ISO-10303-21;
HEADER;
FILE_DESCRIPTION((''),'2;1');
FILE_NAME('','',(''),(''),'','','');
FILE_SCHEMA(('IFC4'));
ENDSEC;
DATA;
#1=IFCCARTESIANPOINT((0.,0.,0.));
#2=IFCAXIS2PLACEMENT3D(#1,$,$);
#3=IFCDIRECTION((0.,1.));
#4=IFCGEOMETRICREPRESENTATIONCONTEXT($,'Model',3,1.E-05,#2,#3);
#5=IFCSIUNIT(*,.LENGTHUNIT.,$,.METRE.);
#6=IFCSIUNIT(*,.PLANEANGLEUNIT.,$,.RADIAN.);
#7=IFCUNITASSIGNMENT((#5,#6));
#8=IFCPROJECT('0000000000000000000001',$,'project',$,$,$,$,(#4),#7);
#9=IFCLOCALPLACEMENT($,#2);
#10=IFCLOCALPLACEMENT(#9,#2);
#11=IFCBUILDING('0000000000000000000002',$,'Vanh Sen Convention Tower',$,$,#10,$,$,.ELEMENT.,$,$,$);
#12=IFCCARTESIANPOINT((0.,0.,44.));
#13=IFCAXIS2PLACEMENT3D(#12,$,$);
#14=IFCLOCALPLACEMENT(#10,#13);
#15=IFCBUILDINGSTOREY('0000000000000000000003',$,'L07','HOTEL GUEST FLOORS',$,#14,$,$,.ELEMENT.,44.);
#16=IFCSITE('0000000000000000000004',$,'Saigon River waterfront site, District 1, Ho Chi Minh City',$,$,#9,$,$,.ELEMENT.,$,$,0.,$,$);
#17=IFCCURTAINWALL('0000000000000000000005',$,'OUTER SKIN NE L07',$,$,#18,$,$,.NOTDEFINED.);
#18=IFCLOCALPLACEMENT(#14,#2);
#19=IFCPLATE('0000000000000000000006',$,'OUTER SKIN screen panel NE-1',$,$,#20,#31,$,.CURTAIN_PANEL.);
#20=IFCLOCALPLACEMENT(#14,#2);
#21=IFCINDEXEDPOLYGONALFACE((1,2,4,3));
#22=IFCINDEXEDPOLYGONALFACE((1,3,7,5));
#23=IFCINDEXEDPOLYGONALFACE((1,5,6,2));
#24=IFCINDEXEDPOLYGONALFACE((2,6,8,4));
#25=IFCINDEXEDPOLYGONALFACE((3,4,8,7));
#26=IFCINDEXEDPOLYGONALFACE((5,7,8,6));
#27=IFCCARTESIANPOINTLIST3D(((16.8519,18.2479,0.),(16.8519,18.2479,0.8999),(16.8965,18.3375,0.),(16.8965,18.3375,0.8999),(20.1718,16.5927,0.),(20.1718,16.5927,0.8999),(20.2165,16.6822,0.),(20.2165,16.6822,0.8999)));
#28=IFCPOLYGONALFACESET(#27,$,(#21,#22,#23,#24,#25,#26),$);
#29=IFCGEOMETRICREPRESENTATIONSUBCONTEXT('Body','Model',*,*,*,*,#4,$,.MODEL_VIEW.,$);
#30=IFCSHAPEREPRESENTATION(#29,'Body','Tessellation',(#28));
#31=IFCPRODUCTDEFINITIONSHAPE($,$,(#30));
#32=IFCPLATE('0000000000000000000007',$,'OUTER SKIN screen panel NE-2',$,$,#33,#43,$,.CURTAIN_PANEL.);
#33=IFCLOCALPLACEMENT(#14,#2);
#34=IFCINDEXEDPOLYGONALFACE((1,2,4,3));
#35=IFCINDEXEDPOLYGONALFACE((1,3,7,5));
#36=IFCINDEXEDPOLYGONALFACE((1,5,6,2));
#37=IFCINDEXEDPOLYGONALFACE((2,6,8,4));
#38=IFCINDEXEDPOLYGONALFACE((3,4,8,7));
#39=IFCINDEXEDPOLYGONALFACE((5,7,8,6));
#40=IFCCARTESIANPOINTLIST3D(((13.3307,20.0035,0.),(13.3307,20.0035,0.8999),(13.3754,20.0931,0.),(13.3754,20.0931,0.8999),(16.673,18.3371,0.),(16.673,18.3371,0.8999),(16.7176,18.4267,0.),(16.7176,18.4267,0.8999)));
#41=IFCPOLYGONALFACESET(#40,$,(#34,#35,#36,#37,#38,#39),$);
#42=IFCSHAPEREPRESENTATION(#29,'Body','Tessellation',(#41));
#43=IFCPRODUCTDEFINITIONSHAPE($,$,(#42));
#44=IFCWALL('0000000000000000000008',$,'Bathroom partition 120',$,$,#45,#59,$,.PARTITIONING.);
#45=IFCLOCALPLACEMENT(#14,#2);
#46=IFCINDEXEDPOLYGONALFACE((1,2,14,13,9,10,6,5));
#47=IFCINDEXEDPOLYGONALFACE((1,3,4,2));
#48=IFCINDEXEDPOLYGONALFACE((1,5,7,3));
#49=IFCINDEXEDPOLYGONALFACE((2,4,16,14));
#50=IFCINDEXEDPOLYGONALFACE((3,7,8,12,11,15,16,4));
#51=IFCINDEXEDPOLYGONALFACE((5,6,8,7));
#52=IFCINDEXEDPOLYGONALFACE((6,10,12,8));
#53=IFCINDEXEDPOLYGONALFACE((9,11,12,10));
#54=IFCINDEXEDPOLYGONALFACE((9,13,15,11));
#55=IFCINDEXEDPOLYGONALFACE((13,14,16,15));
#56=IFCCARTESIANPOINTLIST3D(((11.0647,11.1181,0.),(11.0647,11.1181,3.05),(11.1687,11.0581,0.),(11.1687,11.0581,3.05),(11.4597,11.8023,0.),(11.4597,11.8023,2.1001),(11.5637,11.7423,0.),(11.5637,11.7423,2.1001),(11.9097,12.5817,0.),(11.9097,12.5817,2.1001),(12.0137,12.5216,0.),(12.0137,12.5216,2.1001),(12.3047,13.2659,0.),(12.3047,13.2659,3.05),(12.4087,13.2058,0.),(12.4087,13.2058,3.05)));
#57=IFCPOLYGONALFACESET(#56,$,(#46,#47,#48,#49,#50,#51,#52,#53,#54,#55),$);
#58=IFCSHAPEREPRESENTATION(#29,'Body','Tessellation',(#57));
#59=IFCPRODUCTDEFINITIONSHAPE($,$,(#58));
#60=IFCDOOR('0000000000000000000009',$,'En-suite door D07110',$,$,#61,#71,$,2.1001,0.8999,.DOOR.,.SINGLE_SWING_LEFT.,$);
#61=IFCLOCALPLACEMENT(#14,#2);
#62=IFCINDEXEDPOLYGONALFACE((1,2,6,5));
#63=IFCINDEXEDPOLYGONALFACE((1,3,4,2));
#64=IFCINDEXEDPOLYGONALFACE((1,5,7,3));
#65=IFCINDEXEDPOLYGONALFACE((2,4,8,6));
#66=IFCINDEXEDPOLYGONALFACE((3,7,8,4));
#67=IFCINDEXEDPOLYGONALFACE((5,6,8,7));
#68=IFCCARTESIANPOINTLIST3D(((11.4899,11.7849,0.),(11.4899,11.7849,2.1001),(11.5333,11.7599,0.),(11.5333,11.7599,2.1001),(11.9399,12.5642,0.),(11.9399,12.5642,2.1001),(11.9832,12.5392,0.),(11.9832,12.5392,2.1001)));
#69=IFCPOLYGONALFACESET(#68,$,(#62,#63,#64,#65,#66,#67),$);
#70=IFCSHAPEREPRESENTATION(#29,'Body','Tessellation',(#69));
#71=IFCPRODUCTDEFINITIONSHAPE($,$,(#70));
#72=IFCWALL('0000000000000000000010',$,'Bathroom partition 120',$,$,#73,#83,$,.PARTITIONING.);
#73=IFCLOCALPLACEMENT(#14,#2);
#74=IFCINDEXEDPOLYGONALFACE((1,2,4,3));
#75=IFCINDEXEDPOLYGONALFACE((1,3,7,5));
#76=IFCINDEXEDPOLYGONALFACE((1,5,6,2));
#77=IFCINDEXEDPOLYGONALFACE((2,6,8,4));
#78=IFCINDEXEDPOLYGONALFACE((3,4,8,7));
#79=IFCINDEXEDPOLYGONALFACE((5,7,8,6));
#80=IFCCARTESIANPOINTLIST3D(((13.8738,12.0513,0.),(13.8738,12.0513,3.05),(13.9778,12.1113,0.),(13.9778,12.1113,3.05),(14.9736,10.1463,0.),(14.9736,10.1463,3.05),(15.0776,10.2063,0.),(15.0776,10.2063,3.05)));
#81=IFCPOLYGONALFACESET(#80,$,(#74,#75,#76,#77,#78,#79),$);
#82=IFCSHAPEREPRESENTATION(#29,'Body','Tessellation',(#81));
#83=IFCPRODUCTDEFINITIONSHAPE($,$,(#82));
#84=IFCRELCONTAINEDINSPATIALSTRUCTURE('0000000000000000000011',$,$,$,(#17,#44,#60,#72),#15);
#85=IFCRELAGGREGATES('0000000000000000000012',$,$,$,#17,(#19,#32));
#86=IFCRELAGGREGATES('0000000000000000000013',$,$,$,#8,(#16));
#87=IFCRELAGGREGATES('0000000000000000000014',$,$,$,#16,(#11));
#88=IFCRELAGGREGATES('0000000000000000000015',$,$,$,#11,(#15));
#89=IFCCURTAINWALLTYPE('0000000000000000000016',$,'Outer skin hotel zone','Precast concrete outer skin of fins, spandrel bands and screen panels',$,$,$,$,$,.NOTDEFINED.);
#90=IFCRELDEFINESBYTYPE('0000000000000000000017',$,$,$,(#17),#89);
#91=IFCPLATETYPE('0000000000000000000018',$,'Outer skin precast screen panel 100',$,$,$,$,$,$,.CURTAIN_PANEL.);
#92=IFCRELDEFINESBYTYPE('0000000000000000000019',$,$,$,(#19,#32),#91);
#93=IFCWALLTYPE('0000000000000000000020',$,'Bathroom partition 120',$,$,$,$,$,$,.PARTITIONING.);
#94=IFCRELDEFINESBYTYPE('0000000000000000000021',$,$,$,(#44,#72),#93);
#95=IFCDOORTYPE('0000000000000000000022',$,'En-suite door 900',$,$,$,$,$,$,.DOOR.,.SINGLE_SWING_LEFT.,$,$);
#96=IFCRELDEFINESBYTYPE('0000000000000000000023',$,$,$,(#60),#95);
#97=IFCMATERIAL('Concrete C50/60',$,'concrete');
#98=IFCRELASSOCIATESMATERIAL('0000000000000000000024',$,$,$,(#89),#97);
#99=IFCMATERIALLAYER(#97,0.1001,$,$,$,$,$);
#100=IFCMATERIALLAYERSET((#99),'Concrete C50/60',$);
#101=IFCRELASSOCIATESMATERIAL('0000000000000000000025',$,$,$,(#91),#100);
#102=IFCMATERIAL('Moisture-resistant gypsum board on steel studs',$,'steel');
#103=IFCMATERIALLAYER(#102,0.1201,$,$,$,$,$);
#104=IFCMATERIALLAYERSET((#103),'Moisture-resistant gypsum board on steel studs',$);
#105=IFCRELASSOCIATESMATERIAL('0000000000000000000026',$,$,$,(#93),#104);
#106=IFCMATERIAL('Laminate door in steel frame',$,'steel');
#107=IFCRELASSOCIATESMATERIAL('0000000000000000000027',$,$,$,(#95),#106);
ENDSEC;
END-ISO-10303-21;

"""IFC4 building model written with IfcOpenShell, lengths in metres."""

from ifc_helpers import new_model, si_unit, direction, frame, frame_2d, origin, origin_2d, place, context, subcontext, project, spatial, rectangle, extrude, material, layer, layer_set, type_object, element, fill, aggregate, save


model = new_model("IFC4")

# Units and contexts
model_context = context("Model", 3, precision=1e-05, world=origin(), true_north=direction((0.0, 1.0)))
body_context = subcontext(model_context, "Body", "Model", "MODEL_VIEW")
ifc_project = project(units=[si_unit("LENGTHUNIT", "METRE"), si_unit("PLANEANGLEUNIT", "RADIAN")], contexts=[model_context])

# Site, building, storey
site_placement = place(None, origin())
site = spatial("IfcSite", under=ifc_project, at=site_placement, Name="Saigon River waterfront site, District 1, Ho Chi Minh City", CompositionType="ELEMENT", RefElevation=0.0)
building_placement = place(site_placement, origin())
building = spatial("IfcBuilding", under=site, at=building_placement, Name="Vanh Sen Convention Tower", CompositionType="ELEMENT")
storey_placement = place(building_placement, frame((0.0, 0.0, 44.0)))
storey = spatial("IfcBuildingStorey", under=building, at=storey_placement, Name="L07", Description="HOTEL GUEST FLOORS", CompositionType="ELEMENT", Elevation=44.0)

# Curtain wall
ifc_material_1 = material(Name="Concrete C50/60", Category="concrete")
curtain_wall_type = type_object("IfcCurtainWallType", Name="Outer skin hotel zone", Description="Precast concrete outer skin of fins, spandrel bands and screen panels", PredefinedType="NOTDEFINED", material=ifc_material_1)
curtain_wall_1_placement = place(storey_placement, origin())
curtain_wall_1 = element("IfcCurtainWall", 1, at=curtain_wall_1_placement, inside=storey, type_object=curtain_wall_type, Name="OUTER SKIN NE L07", PredefinedType="NOTDEFINED")

# Shared definitions
ifc_layer_1 = layer(ifc_material_1, 0.1001)
ifc_layer_set_1 = layer_set([ifc_layer_1], Name="Concrete C50/60")
plate_type = type_object("IfcPlateType", Name="Outer skin precast screen panel 100", PredefinedType="CURTAIN_PANEL", material=ifc_layer_set_1)

# Plates
plate_1_placement = place(storey_placement, frame((18.5342, 17.4651, 0.0), z_axis=(0.0, 0.0, 1.0), x_axis=(-0.894935, 0.446196, 0.0)))
plate_1 = element("IfcPlate", 2, at=plate_1_placement, type_object=plate_type, Name="OUTER SKIN screen panel NE-1", PredefinedType="CURTAIN_PANEL", context=body_context, shape_type="SweptSolid", body=[
    extrude(rectangle(XDim=3.7097, YDim=0.1001, at=origin_2d()), origin(), (0.0, 0.0, 1.0), 0.8999),
])
plate_2_placement = place(storey_placement, frame((15.0242, 19.2151, 0.0), z_axis=(0.0, 0.0, 1.0), x_axis=(-0.894935, 0.446196, 0.0)))
plate_2 = element("IfcPlate", 3, at=plate_2_placement, type_object=plate_type, Name="OUTER SKIN screen panel NE-2", PredefinedType="CURTAIN_PANEL", context=body_context, shape_type="SweptSolid", body=[
    extrude(rectangle(XDim=3.7346, YDim=0.1001, at=origin_2d()), origin(), (0.0, 0.0, 1.0), 0.8999),
])
aggregate(curtain_wall_1, [plate_1, plate_2])

# Wall, opening, door
ifc_material_2 = material(Name="Moisture-resistant gypsum board on steel studs", Category="steel")
ifc_layer_2 = layer(ifc_material_2, 0.1201)
ifc_layer_set_2 = layer_set([ifc_layer_2], Name="Moisture-resistant gypsum board on steel studs")
wall_type_1 = type_object("IfcWallType", Name="Bathroom partition 120", PredefinedType="PARTITIONING", material=ifc_layer_set_2)
wall_1_placement = place(storey_placement, frame((12.3567, 13.2358, 0.0), z_axis=(0.0, 0.0, 1.0), x_axis=(-0.500004, -0.866023, 0.0)))
wall_1 = element("IfcWall", 4, at=wall_1_placement, inside=storey, type_object=wall_type_1, Name="Bathroom partition 120", PredefinedType="PARTITIONING", context=body_context, shape_type="SweptSolid", body=[
    extrude(rectangle(XDim=2.48, YDim=0.1201, at=frame_2d((1.24, 0.0))), origin(), (0.0, 0.0, 1.0), 3.05),
])
opening_1_placement = place(wall_1_placement, frame((0.79, 0.0, 0.0)))
opening_1 = element("IfcOpeningElement", 5, at=opening_1_placement, cuts=wall_1, PredefinedType="OPENING", context=body_context, shape_type="SweptSolid", body=[
    extrude(rectangle(XDim=0.8999, YDim=2.1001, at=frame_2d((0.45, 1.05))), frame((0.0, 0.0701, 0.0), z_axis=(0.0, -1.0, 0.0), x_axis=(1.0, 0.0, 0.0)), (0.0, 0.0, 1.0), 0.1401),
])
ifc_material_3 = material(Name="Laminate door in steel frame", Category="steel")
door_type = type_object("IfcDoorType", Name="En-suite door 900", OperationType="SINGLE_SWING_LEFT", PredefinedType="DOOR", material=ifc_material_3)
door_placement = place(opening_1_placement, origin())
door = element("IfcDoor", 6, at=door_placement, inside=storey, type_object=door_type, Name="En-suite door D07110", OperationType="SINGLE_SWING_LEFT", OverallHeight=2.1001, OverallWidth=0.8999, PredefinedType="DOOR", context=body_context, shape_type="SweptSolid", body=[
    extrude(rectangle(XDim=0.8999, YDim=2.1001, at=frame_2d((0.45, 1.05))), frame((0.0, 0.0249, 0.0), z_axis=(0.0, -1.0, 0.0), x_axis=(1.0, 0.0, 0.0)), (0.0, 0.0, 1.0), 0.05),
])
fill(opening_1, door)

# Wall
wall_2_placement = place(storey_placement, frame((13.9258, 12.0813, 0.0), z_axis=(0.0, 0.0, 1.0), x_axis=(0.499995, -0.866028, 0.0)))
element("IfcWall", 7, at=wall_2_placement, inside=storey, type_object=wall_type_1, Name="Bathroom partition 120", PredefinedType="PARTITIONING", context=body_context, shape_type="SweptSolid", body=[
    extrude(rectangle(XDim=2.1997, YDim=0.1201, at=frame_2d((1.0999, 0.0))), origin(), (0.0, 0.0, 1.0), 3.05),
])

save(model, "model.ifc")
